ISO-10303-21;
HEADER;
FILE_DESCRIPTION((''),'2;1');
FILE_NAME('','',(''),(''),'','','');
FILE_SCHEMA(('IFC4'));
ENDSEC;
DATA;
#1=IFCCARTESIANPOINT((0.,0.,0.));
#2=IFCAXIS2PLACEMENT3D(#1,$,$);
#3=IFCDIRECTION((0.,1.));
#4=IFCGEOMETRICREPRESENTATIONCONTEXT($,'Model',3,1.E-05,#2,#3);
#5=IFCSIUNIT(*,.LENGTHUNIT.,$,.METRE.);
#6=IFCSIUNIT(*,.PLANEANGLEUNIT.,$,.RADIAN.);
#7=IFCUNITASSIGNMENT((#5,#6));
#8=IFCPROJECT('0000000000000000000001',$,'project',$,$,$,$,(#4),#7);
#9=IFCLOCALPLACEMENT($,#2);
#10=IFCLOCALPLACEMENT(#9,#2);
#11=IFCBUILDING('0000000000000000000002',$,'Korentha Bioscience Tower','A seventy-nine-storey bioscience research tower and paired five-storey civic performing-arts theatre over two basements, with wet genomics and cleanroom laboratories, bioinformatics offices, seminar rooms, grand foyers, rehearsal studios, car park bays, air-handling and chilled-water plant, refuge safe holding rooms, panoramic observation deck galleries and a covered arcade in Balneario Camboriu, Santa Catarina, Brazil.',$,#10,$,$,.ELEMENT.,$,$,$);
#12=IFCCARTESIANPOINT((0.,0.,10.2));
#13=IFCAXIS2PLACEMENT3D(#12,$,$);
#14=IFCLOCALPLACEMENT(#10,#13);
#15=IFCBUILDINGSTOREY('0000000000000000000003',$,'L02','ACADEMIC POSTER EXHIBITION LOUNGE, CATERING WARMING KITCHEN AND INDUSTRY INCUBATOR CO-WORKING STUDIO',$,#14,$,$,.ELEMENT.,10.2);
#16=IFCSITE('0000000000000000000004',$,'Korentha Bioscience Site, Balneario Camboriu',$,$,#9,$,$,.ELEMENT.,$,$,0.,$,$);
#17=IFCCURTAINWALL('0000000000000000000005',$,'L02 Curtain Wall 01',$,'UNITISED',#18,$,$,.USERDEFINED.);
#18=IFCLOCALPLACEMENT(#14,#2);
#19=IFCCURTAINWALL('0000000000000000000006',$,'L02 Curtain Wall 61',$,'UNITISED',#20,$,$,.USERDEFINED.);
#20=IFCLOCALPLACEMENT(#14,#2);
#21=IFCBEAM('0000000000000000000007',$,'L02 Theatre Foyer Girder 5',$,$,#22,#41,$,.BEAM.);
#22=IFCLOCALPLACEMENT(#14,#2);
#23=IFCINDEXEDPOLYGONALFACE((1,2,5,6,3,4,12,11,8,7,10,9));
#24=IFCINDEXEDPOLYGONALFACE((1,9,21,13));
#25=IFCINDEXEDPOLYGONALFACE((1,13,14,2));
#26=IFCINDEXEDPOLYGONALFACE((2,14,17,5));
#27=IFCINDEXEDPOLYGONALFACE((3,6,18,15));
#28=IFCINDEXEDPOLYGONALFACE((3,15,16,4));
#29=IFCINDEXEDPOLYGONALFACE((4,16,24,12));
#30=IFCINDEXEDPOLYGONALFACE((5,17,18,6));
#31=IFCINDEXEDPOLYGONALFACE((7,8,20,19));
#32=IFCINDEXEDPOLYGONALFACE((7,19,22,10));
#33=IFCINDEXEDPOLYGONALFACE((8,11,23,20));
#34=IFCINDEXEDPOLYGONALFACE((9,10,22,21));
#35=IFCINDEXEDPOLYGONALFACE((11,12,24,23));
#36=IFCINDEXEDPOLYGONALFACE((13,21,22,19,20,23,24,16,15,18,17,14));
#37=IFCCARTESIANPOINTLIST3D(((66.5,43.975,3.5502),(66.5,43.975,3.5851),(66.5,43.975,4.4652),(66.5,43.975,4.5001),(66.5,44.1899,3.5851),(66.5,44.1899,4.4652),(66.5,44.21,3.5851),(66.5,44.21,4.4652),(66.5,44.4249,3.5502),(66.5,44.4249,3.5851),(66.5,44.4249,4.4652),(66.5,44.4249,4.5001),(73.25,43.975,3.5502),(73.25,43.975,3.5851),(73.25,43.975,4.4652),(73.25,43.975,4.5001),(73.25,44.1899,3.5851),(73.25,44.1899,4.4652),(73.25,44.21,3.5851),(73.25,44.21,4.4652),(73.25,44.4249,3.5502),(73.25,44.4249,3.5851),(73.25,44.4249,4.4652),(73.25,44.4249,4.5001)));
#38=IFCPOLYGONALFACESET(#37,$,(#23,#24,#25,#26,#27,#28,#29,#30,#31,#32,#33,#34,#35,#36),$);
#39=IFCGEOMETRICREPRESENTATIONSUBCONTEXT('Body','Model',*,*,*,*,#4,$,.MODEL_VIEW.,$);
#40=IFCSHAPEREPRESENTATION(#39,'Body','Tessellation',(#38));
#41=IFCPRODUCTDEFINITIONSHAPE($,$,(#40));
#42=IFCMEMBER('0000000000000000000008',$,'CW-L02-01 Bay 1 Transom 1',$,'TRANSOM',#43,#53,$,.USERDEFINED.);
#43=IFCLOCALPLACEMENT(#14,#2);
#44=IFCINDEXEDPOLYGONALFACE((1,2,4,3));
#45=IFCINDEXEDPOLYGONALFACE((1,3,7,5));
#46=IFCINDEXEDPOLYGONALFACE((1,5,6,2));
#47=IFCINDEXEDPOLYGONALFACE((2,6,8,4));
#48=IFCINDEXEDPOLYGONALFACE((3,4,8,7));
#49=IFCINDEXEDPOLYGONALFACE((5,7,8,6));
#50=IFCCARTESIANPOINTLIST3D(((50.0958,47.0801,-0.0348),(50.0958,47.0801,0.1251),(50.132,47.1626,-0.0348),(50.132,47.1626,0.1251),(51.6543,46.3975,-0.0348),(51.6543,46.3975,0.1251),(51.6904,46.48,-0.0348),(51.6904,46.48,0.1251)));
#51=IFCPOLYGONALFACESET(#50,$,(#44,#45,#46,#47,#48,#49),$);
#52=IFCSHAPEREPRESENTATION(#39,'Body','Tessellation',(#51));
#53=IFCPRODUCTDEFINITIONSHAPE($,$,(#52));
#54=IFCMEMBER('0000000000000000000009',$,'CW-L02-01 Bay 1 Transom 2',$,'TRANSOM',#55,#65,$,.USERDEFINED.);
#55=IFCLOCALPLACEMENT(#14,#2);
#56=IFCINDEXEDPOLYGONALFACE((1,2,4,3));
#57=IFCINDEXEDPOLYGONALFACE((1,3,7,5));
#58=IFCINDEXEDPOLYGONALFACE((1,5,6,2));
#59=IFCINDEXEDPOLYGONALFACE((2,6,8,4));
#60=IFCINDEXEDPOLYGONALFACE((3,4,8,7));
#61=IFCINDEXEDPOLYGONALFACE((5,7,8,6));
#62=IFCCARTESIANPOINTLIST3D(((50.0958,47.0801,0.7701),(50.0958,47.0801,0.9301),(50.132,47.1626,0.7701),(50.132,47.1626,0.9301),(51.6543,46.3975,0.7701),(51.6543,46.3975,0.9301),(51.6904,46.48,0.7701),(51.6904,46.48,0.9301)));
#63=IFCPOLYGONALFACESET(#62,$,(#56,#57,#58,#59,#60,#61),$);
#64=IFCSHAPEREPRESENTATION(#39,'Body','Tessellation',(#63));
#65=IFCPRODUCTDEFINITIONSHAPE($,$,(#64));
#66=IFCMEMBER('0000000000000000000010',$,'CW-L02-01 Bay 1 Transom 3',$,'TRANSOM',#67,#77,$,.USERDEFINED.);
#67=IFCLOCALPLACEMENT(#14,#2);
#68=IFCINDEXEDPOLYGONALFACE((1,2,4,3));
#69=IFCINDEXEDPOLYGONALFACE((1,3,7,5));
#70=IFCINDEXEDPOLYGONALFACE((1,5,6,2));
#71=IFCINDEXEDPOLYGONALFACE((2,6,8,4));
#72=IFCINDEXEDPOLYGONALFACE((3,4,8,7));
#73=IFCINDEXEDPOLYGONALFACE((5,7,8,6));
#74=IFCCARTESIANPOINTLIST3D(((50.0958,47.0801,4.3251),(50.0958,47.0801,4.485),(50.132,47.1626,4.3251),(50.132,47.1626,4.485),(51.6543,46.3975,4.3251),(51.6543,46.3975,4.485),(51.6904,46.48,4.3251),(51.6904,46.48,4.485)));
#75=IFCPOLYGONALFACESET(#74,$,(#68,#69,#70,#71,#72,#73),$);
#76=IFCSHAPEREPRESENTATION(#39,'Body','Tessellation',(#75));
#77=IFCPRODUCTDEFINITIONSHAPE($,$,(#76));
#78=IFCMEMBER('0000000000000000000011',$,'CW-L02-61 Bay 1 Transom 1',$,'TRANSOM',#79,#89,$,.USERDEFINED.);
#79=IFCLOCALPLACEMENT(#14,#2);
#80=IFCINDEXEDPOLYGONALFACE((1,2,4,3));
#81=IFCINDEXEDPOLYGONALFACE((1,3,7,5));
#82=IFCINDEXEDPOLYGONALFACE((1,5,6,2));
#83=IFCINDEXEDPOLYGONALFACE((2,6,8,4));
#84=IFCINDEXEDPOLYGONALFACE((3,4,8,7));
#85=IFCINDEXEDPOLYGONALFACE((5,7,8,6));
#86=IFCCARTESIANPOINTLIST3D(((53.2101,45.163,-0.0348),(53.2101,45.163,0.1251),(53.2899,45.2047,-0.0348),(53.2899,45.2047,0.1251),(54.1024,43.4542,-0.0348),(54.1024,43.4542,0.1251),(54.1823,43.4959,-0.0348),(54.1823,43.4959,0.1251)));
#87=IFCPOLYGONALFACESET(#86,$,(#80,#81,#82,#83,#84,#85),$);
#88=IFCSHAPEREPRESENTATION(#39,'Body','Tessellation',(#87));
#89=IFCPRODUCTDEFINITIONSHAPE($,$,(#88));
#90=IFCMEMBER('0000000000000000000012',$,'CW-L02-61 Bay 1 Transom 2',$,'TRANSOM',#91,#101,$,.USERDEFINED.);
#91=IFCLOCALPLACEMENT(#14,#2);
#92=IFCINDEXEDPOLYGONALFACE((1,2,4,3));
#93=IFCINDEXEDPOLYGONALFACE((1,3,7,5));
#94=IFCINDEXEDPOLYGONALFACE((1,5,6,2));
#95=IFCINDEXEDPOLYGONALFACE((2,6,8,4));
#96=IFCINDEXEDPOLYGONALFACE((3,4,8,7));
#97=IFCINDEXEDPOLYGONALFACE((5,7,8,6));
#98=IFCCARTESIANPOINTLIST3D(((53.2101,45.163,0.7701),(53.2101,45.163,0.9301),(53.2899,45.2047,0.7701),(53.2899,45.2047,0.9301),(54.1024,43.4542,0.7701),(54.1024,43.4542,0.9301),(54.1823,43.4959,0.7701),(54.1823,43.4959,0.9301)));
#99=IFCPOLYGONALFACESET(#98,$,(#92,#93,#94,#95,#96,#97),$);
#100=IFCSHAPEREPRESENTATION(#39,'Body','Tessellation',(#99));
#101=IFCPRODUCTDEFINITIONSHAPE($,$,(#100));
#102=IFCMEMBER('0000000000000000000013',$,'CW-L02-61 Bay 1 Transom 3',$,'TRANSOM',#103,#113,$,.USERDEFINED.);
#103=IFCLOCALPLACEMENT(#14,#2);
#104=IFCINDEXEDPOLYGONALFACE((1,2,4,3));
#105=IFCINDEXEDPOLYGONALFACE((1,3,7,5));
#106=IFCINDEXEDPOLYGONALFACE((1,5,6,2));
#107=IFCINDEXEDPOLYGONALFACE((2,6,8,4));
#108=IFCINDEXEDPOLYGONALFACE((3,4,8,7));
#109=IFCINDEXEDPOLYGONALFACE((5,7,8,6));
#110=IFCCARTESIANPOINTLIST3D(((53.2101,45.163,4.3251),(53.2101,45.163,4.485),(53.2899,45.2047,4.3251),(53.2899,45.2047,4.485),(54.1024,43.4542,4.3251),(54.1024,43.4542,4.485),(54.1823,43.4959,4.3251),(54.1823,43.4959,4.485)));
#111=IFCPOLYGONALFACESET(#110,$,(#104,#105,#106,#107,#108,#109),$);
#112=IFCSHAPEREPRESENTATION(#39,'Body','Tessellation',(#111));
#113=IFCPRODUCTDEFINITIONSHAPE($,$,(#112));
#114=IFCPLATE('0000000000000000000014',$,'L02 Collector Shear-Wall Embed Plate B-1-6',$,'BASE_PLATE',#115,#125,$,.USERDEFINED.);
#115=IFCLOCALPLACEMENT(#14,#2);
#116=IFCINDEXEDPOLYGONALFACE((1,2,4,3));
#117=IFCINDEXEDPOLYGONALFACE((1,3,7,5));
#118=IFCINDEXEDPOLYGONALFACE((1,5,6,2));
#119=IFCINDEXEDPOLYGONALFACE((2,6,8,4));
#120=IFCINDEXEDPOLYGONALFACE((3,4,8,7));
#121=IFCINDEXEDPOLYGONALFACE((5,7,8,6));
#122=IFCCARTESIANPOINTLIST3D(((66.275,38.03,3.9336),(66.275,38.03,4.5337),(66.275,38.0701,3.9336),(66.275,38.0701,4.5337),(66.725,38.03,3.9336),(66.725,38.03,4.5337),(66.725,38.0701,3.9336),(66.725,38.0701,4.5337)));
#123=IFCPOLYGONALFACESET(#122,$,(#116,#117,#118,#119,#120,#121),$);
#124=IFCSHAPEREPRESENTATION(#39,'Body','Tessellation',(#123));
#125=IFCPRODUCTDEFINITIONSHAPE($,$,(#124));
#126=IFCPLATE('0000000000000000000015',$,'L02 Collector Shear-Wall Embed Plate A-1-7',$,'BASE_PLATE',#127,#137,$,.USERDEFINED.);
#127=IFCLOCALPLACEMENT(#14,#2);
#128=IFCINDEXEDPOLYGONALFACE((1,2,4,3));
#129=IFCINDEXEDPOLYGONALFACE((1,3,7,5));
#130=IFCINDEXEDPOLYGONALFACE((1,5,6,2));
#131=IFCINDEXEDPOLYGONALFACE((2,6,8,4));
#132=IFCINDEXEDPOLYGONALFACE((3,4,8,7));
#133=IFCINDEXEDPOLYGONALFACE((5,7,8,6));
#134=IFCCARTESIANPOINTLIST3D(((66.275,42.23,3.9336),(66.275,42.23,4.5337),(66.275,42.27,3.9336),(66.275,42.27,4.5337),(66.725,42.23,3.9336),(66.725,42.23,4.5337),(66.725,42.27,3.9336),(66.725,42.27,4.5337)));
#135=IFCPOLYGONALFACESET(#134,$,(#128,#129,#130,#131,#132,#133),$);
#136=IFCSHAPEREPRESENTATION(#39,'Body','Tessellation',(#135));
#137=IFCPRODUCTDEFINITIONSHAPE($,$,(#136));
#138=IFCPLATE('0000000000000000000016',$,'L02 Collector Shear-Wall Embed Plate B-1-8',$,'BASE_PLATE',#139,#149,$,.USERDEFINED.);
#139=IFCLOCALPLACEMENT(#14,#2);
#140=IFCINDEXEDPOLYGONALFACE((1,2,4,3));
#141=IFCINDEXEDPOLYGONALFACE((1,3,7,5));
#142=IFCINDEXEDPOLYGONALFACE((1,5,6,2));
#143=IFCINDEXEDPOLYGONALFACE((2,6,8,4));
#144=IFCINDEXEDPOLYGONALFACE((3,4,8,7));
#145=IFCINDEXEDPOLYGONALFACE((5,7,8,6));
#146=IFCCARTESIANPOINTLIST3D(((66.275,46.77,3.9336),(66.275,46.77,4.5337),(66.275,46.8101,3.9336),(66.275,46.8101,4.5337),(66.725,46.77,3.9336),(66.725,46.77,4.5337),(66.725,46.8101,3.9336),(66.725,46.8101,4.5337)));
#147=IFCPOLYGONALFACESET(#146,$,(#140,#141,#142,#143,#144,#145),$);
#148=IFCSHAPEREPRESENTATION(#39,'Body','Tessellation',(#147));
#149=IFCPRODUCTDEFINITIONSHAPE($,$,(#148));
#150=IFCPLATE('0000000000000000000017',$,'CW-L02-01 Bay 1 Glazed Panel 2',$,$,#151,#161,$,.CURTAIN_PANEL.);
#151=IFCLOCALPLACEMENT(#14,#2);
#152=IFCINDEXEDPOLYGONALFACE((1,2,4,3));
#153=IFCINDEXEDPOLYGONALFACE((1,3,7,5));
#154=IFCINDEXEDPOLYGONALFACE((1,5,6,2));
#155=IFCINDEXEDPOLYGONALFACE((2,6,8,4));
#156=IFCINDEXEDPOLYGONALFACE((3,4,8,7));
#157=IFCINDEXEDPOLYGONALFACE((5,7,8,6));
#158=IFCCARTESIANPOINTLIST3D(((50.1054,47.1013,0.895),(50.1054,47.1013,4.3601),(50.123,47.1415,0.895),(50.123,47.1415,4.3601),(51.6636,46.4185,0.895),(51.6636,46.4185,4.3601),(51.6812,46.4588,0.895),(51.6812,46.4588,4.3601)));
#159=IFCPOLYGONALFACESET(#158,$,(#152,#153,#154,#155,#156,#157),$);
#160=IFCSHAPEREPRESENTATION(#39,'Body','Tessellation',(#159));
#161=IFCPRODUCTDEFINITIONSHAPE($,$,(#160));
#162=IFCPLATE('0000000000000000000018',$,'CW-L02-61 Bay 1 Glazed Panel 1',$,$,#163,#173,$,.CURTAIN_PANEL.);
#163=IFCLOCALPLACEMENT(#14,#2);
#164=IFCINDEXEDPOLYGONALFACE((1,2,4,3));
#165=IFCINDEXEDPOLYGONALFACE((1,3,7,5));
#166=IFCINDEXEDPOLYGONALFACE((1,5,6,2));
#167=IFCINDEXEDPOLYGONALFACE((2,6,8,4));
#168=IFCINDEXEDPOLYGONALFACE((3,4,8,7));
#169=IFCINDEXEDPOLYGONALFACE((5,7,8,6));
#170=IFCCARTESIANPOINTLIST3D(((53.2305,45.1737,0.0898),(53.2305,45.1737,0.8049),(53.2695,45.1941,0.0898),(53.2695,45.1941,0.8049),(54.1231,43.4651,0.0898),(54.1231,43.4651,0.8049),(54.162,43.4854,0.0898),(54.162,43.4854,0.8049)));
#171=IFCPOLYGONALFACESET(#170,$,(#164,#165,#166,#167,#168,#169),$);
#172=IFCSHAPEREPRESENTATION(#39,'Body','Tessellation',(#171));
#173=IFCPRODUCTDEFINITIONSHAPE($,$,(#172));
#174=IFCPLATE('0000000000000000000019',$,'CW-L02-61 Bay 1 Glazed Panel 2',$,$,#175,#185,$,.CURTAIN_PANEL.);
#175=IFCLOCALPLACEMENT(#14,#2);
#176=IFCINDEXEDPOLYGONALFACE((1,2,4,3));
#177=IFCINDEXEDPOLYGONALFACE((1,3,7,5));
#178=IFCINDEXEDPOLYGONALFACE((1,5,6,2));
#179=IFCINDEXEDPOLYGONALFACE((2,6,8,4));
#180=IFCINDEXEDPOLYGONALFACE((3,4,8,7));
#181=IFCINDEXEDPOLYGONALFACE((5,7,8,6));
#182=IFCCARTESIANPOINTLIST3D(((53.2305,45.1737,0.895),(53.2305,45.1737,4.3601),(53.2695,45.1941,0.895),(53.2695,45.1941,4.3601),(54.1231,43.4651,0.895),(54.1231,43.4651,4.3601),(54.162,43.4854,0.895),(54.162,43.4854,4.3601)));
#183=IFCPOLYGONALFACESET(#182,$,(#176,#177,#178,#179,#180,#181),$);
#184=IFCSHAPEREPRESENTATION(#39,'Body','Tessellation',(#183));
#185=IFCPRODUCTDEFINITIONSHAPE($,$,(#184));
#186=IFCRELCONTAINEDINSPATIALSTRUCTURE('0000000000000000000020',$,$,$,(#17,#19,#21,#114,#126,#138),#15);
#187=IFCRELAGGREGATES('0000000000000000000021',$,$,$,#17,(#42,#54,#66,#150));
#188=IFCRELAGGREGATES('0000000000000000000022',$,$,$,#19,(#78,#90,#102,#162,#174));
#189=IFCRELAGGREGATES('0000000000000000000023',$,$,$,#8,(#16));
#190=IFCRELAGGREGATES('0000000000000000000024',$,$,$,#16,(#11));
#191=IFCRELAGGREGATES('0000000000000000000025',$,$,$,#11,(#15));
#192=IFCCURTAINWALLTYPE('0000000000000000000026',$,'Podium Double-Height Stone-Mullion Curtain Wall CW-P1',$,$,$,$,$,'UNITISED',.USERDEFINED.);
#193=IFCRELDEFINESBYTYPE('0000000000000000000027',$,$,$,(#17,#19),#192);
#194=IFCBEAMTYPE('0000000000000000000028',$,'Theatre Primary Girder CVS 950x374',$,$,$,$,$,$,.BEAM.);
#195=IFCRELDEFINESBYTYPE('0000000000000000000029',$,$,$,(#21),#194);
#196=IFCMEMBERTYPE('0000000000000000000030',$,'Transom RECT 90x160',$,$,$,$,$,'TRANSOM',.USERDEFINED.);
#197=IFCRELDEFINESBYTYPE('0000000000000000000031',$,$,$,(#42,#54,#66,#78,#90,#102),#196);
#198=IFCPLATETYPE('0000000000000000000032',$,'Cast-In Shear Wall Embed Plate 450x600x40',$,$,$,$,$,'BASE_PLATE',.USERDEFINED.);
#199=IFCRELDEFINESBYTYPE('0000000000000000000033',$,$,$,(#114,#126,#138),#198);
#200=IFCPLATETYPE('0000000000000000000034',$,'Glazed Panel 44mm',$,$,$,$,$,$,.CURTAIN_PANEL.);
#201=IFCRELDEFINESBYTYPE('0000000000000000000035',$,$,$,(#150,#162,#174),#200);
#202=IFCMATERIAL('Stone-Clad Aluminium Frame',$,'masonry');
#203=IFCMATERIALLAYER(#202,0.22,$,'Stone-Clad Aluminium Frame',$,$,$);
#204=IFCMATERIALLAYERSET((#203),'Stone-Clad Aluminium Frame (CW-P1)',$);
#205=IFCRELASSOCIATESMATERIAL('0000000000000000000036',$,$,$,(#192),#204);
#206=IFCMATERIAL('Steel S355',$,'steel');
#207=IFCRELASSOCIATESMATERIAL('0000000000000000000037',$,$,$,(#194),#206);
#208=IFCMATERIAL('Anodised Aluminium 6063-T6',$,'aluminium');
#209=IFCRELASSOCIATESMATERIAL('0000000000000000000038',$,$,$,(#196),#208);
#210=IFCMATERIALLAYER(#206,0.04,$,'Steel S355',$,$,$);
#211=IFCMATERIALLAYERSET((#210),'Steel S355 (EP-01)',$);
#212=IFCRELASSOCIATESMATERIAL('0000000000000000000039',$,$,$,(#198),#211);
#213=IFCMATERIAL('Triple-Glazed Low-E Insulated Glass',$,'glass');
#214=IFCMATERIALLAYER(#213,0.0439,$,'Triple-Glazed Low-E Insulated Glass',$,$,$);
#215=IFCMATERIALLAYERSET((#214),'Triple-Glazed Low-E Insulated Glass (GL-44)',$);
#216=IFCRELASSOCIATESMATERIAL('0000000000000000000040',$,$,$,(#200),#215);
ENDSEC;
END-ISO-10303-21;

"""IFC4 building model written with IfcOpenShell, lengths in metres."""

from ifc_helpers import new_model, si_unit, direction, frame, origin, origin_2d, place, context, subcontext, project, spatial, rectangle, i_section, extrude, material, layer, layer_set, material_profile, profile_set, type_object, element, aggregate, save


model = new_model("IFC4")

# Units and contexts
model_context = context("Model", 3, precision=1e-05, world=origin(), true_north=direction((0.0, 1.0)))
body_context = subcontext(model_context, "Body", "Model", "MODEL_VIEW")
ifc_project = project(units=[si_unit("LENGTHUNIT", "METRE"), si_unit("PLANEANGLEUNIT", "RADIAN")], contexts=[model_context])

# Site, building, storey
site_placement = place(None, origin())
site = spatial("IfcSite", under=ifc_project, at=site_placement, Name="Korentha Bioscience Site, Balneario Camboriu", CompositionType="ELEMENT", RefElevation=0.0)
building_placement = place(site_placement, origin())
building = spatial("IfcBuilding", under=site, at=building_placement, Name="Korentha Bioscience Tower", Description="A seventy-nine-storey bioscience research tower and paired five-storey civic performing-arts theatre over two basements, with wet genomics and cleanroom laboratories, bioinformatics offices, seminar rooms, grand foyers, rehearsal studios, car park bays, air-handling and chilled-water plant, refuge safe holding rooms, panoramic observation deck galleries and a covered arcade in Balneario Camboriu, Santa Catarina, Brazil.", CompositionType="ELEMENT")
storey_placement = place(building_placement, frame((0.0, 0.0, 10.2)))
storey = spatial("IfcBuildingStorey", under=building, at=storey_placement, Name="L02", Description="ACADEMIC POSTER EXHIBITION LOUNGE, CATERING WARMING KITCHEN AND INDUSTRY INCUBATOR CO-WORKING STUDIO", CompositionType="ELEMENT", Elevation=10.2)

# Shared definitions
ifc_material_1 = material(Name="Steel S355", Category="steel")

# Curtain wall
ifc_material_2 = material(Name="Stone-Clad Aluminium Frame", Category="masonry")
ifc_layer_1 = layer(ifc_material_2, 0.22, Name="Stone-Clad Aluminium Frame")
ifc_layer_set_1 = layer_set([ifc_layer_1], Name="Stone-Clad Aluminium Frame (CW-P1)")
curtain_wall_type = type_object("IfcCurtainWallType", Name="Podium Double-Height Stone-Mullion Curtain Wall CW-P1", ElementType="UNITISED", PredefinedType="USERDEFINED", material=ifc_layer_set_1)
curtain_wall_1_placement = place(storey_placement, origin())
curtain_wall_1 = element("IfcCurtainWall", 1, at=curtain_wall_1_placement, inside=storey, type_object=curtain_wall_type, Name="L02 Curtain Wall 01", ObjectType="UNITISED", PredefinedType="USERDEFINED")
ifc_material_3 = material(Name="Anodised Aluminium 6063-T6", Category="aluminium")

# Curtain wall
curtain_wall_2_placement = place(storey_placement, origin())
curtain_wall_2 = element("IfcCurtainWall", 2, at=curtain_wall_2_placement, inside=storey, type_object=curtain_wall_type, Name="L02 Curtain Wall 61", ObjectType="UNITISED", PredefinedType="USERDEFINED")

# Beam
ifc_material_profile_1 = material_profile(ifc_material_1, i_section(OverallWidth=0.45, OverallDepth=0.95, WebThickness=0.02, FlangeThickness=0.0349, at=origin_2d()), Name="Steel S355")
ifc_profile_set_1 = profile_set([ifc_material_profile_1], Name="Steel S355 (TB-950)")
beam_type_1 = type_object("IfcBeamType", Name="Theatre Primary Girder CVS 950x374", PredefinedType="BEAM", material=ifc_profile_set_1)
for number, where, z_axis, x_axis, name in (
    (3, (66.5, 44.2, 4.0251), (1.0, 0.0, 0.0), (0.0, 1.0, 0.0), "L02 Theatre Foyer Girder 5"),
):
    element("IfcBeam", number, at=place(storey_placement, frame(where, z_axis=z_axis, x_axis=x_axis)), inside=storey, type_object=beam_type_1, Name=name, PredefinedType="BEAM", context=body_context, shape_type="SweptSolid", body=[
        extrude(i_section(OverallWidth=0.45, OverallDepth=0.95, WebThickness=0.02, FlangeThickness=0.0349, at=origin_2d()), origin(), (0.0, 0.0, 1.0), 6.75),
    ])

# Members
ifc_material_profile_2 = material_profile(ifc_material_3, rectangle(XDim=0.0901, YDim=0.1599, at=origin_2d()), Name="Anodised Aluminium 6063-T6")
ifc_profile_set_2 = profile_set([ifc_material_profile_2], Name="Anodised Aluminium 6063-T6 (CW-TRN)")
member_type_1 = type_object("IfcMemberType", Name="Transom RECT 90x160", ElementType="TRANSOM", PredefinedType="USERDEFINED", material=ifc_profile_set_2)
member_1_placement = place(storey_placement, frame((51.6724, 46.4387, 0.0452), z_axis=(-0.915976, 0.401233, 0.0), x_axis=(-0.401233, -0.915976, 0.0)))
member_1 = element("IfcMember", 4, at=member_1_placement, type_object=member_type_1, Name="CW-L02-01 Bay 1 Transom 1", ObjectType="TRANSOM", PredefinedType="USERDEFINED", context=body_context, shape_type="SweptSolid", body=[
    extrude(rectangle(XDim=0.0901, YDim=0.1599, at=origin_2d()), origin(), (0.0, 0.0, 1.0), 1.7014),
])
member_2_placement = place(storey_placement, frame((51.6724, 46.4387, 0.8501), z_axis=(-0.915976, 0.401233, 0.0), x_axis=(-0.401233, -0.915976, 0.0)))
member_2 = element("IfcMember", 5, at=member_2_placement, type_object=member_type_1, Name="CW-L02-01 Bay 1 Transom 2", ObjectType="TRANSOM", PredefinedType="USERDEFINED", context=body_context, shape_type="SweptSolid", body=[
    extrude(rectangle(XDim=0.0901, YDim=0.1599, at=origin_2d()), origin(), (0.0, 0.0, 1.0), 1.7014),
])
member_3_placement = place(storey_placement, frame((51.6724, 46.4387, 4.405), z_axis=(-0.915976, 0.401233, 0.0), x_axis=(-0.401233, -0.915976, 0.0)))
member_3 = element("IfcMember", 6, at=member_3_placement, type_object=member_type_1, Name="CW-L02-01 Bay 1 Transom 3", ObjectType="TRANSOM", PredefinedType="USERDEFINED", context=body_context, shape_type="SweptSolid", body=[
    extrude(rectangle(XDim=0.0901, YDim=0.1599, at=origin_2d()), origin(), (0.0, 0.0, 1.0), 1.7014),
])
member_4_placement = place(storey_placement, frame((54.1423, 43.4751, 0.0452), z_axis=(-0.462899, 0.886411, 0.0), x_axis=(-0.886411, -0.462899, 0.0)))
member_4 = element("IfcMember", 7, at=member_4_placement, type_object=member_type_1, Name="CW-L02-61 Bay 1 Transom 1", ObjectType="TRANSOM", PredefinedType="USERDEFINED", context=body_context, shape_type="SweptSolid", body=[
    extrude(rectangle(XDim=0.0901, YDim=0.1599, at=origin_2d()), origin(), (0.0, 0.0, 1.0), 1.9277),
])
member_5_placement = place(storey_placement, frame((54.1423, 43.4751, 0.8501), z_axis=(-0.462899, 0.886411, 0.0), x_axis=(-0.886411, -0.462899, 0.0)))
member_5 = element("IfcMember", 8, at=member_5_placement, type_object=member_type_1, Name="CW-L02-61 Bay 1 Transom 2", ObjectType="TRANSOM", PredefinedType="USERDEFINED", context=body_context, shape_type="SweptSolid", body=[
    extrude(rectangle(XDim=0.0901, YDim=0.1599, at=origin_2d()), origin(), (0.0, 0.0, 1.0), 1.9277),
])
member_6_placement = place(storey_placement, frame((54.1423, 43.4751, 4.405), z_axis=(-0.462899, 0.886411, 0.0), x_axis=(-0.886411, -0.462899, 0.0)))
member_6 = element("IfcMember", 9, at=member_6_placement, type_object=member_type_1, Name="CW-L02-61 Bay 1 Transom 3", ObjectType="TRANSOM", PredefinedType="USERDEFINED", context=body_context, shape_type="SweptSolid", body=[
    extrude(rectangle(XDim=0.0901, YDim=0.1599, at=origin_2d()), origin(), (0.0, 0.0, 1.0), 1.9277),
])

# Plates
ifc_layer_2 = layer(ifc_material_1, 0.04, Name="Steel S355")
ifc_layer_set_2 = layer_set([ifc_layer_2], Name="Steel S355 (EP-01)")
plate_type_1 = type_object("IfcPlateType", Name="Cast-In Shear Wall Embed Plate 450x600x40", ElementType="BASE_PLATE", PredefinedType="USERDEFINED", material=ifc_layer_set_2)
for number, where, z_axis, x_axis, name in (
    (10, (66.5, 38.05, 3.9336), (0.0, 0.0, 1.0), (1.0, 0.0, 0.0), "L02 Collector Shear-Wall Embed Plate B-1-6"),
    (11, (66.5, 42.25, 3.9336), (0.0, 0.0, 1.0), (1.0, 0.0, 0.0), "L02 Collector Shear-Wall Embed Plate A-1-7"),
    (12, (66.5, 46.79, 3.9336), (0.0, 0.0, 1.0), (1.0, 0.0, 0.0), "L02 Collector Shear-Wall Embed Plate B-1-8"),
):
    element("IfcPlate", number, at=place(storey_placement, frame(where, z_axis=z_axis, x_axis=x_axis)), inside=storey, type_object=plate_type_1, Name=name, ObjectType="BASE_PLATE", PredefinedType="USERDEFINED", context=body_context, shape_type="SweptSolid", body=[
        extrude(rectangle(XDim=0.45, YDim=0.04, at=origin_2d()), origin(), (0.0, 0.0, 1.0), 0.6001),
    ])

# Plates
ifc_material_4 = material(Name="Triple-Glazed Low-E Insulated Glass", Category="glass")
ifc_layer_3 = layer(ifc_material_4, 0.0439, Name="Triple-Glazed Low-E Insulated Glass")
ifc_layer_set_3 = layer_set([ifc_layer_3], Name="Triple-Glazed Low-E Insulated Glass (GL-44)")
plate_type_2 = type_object("IfcPlateType", Name="Glazed Panel 44mm", PredefinedType="CURTAIN_PANEL", material=ifc_layer_set_3)
plate_1_placement = place(storey_placement, frame((50.8933, 46.78, 0.895), z_axis=(0.0, 0.0, 1.0), x_axis=(-0.915939, 0.401317, 0.0)))
plate_1 = element("IfcPlate", 13, at=plate_1_placement, type_object=plate_type_2, Name="CW-L02-01 Bay 1 Glazed Panel 2", PredefinedType="CURTAIN_PANEL", context=body_context, shape_type="SweptSolid", body=[
    extrude(rectangle(XDim=1.7012, YDim=0.0439, at=origin_2d()), origin(), (0.0, 0.0, 1.0), 3.4651),
])
aggregate(curtain_wall_1, [member_1, member_2, member_3, plate_1])
plate_2_placement = place(storey_placement, frame((53.6963, 44.3296, 0.0898), z_axis=(0.0, 0.0, 1.0), x_axis=(-0.463009, 0.886354, 0.0)))
plate_2 = element("IfcPlate", 14, at=plate_2_placement, type_object=plate_type_2, Name="CW-L02-61 Bay 1 Glazed Panel 1", PredefinedType="CURTAIN_PANEL", context=body_context, shape_type="SweptSolid", body=[
    extrude(rectangle(XDim=1.9277, YDim=0.0439, at=origin_2d()), origin(), (0.0, 0.0, 1.0), 0.7151),
])
plate_3_placement = place(storey_placement, frame((53.6963, 44.3296, 0.895), z_axis=(0.0, 0.0, 1.0), x_axis=(-0.463009, 0.886354, 0.0)))
plate_3 = element("IfcPlate", 15, at=plate_3_placement, type_object=plate_type_2, Name="CW-L02-61 Bay 1 Glazed Panel 2", PredefinedType="CURTAIN_PANEL", context=body_context, shape_type="SweptSolid", body=[
    extrude(rectangle(XDim=1.9277, YDim=0.0439, at=origin_2d()), origin(), (0.0, 0.0, 1.0), 3.4651),
])
aggregate(curtain_wall_2, [member_4, member_5, member_6, plate_2, plate_3])

save(model, "model.ifc")
